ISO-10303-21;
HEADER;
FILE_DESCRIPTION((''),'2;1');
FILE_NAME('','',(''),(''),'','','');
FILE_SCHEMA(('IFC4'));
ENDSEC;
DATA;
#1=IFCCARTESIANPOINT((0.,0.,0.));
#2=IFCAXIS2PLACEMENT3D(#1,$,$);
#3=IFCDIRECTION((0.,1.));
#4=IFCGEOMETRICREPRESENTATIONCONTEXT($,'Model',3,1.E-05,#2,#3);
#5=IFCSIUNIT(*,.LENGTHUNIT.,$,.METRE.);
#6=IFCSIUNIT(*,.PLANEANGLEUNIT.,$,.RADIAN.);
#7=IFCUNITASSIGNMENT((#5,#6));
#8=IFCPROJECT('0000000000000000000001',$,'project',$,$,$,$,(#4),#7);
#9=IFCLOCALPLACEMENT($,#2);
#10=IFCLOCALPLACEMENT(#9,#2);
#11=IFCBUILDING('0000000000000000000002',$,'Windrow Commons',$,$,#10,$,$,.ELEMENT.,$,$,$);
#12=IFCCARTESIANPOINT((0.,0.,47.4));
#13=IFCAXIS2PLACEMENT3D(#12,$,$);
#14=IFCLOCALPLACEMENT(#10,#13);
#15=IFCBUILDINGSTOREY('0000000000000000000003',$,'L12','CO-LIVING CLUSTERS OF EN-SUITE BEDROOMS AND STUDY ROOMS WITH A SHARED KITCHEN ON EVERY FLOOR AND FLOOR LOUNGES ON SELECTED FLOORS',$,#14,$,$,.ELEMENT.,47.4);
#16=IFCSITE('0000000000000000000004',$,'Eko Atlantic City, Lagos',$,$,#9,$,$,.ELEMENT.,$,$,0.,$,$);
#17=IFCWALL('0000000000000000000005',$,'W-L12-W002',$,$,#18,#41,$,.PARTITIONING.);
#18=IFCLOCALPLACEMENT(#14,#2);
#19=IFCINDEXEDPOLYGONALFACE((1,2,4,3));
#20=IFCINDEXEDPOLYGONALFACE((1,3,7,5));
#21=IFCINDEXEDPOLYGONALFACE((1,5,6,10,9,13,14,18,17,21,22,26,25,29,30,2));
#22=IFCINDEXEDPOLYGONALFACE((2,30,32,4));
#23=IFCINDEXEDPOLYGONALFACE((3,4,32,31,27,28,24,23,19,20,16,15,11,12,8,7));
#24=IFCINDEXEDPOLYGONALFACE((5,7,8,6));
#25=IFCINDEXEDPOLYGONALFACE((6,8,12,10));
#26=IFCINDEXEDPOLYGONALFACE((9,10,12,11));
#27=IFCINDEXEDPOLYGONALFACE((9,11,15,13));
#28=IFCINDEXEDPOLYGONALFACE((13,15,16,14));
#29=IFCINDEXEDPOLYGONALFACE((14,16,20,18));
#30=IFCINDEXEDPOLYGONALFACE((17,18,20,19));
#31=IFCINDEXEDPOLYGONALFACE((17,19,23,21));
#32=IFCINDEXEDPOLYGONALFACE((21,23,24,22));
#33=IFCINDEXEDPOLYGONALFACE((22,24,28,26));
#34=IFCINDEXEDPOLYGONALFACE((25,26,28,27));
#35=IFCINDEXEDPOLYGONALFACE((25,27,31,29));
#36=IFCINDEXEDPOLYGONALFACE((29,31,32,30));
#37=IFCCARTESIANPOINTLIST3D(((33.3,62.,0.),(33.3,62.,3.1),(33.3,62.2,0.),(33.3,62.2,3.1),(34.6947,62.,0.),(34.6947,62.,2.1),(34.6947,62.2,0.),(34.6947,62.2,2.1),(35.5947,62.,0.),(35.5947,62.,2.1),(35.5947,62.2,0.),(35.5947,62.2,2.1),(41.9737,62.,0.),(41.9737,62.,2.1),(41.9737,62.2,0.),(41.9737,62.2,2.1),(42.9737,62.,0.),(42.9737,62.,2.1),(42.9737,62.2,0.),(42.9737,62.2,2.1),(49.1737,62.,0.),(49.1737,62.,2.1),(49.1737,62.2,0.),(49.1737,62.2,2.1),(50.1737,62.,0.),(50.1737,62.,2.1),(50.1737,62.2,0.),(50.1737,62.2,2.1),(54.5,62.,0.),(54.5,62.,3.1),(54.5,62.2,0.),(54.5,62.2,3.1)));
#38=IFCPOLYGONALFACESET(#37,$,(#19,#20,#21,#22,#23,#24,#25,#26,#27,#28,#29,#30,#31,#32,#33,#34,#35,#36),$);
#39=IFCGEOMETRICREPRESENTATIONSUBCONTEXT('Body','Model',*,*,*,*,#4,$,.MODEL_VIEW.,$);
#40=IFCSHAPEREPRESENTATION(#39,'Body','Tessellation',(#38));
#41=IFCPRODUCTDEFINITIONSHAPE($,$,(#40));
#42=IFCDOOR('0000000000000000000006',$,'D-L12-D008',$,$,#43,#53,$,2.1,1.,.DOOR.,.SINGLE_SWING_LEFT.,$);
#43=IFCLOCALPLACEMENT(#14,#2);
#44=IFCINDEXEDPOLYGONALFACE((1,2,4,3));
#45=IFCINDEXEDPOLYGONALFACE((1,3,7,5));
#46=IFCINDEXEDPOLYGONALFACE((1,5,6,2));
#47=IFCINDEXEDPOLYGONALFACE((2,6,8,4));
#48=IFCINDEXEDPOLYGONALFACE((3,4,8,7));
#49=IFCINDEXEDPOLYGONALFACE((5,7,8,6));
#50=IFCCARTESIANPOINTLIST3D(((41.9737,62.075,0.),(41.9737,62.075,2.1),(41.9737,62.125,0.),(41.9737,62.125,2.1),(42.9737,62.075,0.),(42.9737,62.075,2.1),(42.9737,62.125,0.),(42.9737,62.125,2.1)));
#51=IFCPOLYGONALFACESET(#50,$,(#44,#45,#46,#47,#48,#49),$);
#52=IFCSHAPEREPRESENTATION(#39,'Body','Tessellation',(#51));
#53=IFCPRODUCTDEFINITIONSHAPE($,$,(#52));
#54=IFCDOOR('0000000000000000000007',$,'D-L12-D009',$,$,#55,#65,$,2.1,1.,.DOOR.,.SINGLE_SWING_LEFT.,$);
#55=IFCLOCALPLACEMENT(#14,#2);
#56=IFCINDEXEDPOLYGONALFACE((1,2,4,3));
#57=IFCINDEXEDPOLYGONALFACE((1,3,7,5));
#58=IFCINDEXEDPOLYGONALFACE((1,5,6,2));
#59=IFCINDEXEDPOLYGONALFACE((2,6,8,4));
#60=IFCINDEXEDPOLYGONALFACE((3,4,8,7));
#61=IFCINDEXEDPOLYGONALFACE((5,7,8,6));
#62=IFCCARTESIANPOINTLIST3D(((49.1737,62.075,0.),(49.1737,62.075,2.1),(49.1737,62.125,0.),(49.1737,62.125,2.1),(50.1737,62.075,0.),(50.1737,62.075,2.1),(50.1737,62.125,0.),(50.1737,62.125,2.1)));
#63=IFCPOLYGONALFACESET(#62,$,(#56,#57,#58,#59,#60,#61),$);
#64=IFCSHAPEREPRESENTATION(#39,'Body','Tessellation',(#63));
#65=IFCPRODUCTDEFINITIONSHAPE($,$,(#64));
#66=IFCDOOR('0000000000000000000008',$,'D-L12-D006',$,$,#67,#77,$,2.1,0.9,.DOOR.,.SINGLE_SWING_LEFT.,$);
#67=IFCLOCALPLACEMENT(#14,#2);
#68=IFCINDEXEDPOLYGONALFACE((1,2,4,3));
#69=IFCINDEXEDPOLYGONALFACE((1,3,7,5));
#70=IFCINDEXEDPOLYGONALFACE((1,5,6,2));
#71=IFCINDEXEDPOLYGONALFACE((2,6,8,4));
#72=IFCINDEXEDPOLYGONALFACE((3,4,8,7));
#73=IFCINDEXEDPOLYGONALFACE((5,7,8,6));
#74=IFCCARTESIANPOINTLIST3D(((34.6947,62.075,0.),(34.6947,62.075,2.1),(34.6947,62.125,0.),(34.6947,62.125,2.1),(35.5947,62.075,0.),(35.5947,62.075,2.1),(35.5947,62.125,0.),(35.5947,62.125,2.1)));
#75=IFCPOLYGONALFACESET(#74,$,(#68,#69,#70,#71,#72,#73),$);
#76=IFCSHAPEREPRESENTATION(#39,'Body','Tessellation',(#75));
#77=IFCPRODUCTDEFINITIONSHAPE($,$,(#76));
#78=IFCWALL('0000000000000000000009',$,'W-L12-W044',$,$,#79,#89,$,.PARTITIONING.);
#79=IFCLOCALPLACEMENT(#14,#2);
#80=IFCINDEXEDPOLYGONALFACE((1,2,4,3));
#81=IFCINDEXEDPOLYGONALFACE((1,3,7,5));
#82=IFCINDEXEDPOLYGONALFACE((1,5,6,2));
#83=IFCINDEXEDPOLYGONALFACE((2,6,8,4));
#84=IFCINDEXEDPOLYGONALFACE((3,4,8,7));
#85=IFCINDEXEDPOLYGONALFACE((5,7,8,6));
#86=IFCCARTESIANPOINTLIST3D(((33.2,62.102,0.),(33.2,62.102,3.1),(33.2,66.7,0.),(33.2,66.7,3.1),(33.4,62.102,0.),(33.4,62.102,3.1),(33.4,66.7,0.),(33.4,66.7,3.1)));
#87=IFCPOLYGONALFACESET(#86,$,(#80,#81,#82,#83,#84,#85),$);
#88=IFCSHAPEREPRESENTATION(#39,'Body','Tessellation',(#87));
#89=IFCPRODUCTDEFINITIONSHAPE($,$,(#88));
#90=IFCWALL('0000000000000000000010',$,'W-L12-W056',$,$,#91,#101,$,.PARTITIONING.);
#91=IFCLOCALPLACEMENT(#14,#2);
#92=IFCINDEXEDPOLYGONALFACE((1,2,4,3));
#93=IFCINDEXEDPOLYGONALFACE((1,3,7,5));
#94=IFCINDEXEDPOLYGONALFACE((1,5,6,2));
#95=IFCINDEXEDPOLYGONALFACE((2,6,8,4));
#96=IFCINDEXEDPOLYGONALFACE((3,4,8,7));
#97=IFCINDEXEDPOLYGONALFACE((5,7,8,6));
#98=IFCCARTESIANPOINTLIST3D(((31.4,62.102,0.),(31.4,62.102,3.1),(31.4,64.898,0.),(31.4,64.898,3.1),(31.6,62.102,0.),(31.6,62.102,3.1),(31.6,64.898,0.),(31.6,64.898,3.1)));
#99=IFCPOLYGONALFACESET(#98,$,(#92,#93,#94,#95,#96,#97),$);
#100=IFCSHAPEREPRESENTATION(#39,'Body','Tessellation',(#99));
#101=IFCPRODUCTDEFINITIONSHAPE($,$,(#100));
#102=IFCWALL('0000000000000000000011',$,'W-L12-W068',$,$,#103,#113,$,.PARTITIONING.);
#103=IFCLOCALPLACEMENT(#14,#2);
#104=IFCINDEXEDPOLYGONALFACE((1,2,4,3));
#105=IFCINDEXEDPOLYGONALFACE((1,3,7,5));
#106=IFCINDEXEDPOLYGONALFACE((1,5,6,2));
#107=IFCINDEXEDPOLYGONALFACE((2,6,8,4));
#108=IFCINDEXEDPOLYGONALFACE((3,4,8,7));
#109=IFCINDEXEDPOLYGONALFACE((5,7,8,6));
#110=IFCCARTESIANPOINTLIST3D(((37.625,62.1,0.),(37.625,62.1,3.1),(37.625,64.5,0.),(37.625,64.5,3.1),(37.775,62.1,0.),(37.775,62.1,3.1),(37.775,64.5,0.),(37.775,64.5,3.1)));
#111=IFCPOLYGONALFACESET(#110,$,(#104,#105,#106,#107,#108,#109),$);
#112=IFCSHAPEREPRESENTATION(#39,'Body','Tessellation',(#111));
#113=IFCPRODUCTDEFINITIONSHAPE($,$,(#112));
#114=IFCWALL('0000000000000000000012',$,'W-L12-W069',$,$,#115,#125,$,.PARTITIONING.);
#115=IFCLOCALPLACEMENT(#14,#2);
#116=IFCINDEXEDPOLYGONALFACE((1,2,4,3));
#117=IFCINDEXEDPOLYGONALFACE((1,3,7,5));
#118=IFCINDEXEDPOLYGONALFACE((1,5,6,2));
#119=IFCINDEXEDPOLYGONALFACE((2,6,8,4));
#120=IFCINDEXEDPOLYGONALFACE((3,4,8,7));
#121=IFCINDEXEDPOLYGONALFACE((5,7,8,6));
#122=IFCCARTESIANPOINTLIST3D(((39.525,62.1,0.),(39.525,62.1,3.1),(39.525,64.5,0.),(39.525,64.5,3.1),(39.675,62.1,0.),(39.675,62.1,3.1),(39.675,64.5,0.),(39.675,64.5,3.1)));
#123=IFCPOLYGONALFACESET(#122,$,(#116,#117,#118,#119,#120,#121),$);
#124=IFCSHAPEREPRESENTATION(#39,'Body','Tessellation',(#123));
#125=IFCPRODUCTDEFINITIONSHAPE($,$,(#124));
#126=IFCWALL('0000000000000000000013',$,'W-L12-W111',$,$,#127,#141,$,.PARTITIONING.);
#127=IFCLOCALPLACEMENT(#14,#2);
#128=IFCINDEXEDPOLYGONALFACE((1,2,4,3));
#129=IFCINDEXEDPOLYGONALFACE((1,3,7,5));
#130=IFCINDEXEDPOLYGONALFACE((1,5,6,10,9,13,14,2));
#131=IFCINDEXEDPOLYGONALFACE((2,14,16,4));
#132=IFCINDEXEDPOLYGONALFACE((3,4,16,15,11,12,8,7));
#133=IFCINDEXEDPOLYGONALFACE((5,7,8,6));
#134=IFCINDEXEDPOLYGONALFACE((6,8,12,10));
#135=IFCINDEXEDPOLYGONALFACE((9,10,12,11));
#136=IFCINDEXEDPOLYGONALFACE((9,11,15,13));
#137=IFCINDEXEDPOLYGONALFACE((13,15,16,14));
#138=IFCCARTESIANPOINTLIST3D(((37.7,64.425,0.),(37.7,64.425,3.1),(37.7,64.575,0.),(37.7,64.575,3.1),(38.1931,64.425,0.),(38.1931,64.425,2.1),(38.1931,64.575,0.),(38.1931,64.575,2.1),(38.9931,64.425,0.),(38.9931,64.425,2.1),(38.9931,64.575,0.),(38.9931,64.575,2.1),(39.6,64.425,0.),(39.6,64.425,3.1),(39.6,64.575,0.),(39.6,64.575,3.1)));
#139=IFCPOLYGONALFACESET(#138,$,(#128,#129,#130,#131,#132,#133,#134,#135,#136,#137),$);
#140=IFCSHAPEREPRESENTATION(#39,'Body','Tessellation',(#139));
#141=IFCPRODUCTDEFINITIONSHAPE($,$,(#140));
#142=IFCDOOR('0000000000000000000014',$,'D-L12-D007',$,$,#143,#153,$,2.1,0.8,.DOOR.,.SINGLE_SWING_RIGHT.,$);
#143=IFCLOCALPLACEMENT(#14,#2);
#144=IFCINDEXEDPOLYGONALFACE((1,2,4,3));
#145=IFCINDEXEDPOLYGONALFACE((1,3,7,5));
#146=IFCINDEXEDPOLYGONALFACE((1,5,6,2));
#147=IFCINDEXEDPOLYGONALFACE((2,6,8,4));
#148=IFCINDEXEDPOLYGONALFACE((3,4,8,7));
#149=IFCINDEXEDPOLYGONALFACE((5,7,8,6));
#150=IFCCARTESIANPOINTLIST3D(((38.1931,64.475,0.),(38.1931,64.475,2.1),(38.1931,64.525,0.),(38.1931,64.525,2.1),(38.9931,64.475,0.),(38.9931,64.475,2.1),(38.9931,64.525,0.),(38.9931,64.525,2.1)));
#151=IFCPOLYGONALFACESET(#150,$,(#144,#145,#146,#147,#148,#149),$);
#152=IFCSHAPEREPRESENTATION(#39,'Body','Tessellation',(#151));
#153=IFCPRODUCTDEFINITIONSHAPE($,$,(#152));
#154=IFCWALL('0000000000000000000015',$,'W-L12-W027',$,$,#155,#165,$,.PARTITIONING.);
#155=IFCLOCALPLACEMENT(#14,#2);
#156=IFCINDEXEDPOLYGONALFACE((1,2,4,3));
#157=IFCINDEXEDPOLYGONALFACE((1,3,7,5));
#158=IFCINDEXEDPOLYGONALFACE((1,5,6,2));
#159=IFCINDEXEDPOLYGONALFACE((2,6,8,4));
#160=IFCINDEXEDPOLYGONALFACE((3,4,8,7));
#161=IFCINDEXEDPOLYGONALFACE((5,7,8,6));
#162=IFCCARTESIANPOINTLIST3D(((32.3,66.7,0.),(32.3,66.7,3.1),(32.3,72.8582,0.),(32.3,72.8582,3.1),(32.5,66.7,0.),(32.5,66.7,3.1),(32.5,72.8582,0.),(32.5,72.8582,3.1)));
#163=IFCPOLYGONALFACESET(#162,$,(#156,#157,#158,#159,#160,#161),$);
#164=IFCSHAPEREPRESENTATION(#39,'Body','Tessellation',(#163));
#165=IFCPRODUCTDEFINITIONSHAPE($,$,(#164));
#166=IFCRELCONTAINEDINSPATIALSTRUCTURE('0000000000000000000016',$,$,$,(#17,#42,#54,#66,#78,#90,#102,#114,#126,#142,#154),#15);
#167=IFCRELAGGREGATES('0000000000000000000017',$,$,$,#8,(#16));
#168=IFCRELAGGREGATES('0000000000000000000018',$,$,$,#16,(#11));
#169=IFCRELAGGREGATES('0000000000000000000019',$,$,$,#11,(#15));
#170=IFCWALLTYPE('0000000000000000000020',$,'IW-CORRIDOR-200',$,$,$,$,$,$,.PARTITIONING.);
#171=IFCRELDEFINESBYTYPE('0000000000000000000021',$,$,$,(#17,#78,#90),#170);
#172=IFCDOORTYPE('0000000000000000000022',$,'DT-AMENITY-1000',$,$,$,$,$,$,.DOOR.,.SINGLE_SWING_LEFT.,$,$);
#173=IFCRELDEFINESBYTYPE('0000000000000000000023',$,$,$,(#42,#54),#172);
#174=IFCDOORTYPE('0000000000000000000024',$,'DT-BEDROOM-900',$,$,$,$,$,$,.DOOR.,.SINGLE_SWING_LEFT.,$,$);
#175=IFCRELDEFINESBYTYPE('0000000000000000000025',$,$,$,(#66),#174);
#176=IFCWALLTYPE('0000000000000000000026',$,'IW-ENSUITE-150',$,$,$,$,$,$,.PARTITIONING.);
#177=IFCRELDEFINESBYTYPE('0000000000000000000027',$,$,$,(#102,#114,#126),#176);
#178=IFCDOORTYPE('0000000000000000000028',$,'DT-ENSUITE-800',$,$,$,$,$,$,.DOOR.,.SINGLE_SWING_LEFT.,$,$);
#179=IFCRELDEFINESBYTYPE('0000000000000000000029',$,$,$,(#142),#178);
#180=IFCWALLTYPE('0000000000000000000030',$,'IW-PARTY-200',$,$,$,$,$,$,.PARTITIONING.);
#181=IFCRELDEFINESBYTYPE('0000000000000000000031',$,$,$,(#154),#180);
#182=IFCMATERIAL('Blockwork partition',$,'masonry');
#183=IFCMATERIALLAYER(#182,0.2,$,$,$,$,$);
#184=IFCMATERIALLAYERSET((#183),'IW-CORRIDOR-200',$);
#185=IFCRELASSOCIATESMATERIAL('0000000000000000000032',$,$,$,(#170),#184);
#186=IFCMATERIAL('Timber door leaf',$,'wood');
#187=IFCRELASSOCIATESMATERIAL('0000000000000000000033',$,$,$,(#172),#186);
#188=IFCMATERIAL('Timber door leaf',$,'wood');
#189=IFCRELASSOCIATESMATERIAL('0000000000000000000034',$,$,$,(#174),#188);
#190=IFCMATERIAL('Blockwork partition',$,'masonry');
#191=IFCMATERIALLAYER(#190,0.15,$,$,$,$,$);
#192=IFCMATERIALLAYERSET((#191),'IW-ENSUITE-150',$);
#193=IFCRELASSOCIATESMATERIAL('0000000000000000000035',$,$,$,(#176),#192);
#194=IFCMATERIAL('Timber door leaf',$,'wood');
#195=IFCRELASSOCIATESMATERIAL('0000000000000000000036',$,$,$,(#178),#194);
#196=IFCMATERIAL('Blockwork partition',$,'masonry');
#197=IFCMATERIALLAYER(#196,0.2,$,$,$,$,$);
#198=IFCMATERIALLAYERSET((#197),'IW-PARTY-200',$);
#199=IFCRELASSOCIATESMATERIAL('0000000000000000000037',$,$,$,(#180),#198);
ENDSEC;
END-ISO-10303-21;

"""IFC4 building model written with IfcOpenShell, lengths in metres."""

from ifc_helpers import new_model, si_unit, direction, frame, frame_2d, origin, place, context, subcontext, project, spatial, rectangle, extrude, material, layer, layer_set, type_object, element, fill, save


model = new_model("IFC4")

# Units and contexts
model_context = context("Model", 3, precision=1e-05, world=origin(), true_north=direction((0.0, 1.0)))
body_context = subcontext(model_context, "Body", "Model", "MODEL_VIEW")
ifc_project = project(units=[si_unit("LENGTHUNIT", "METRE"), si_unit("PLANEANGLEUNIT", "RADIAN")], contexts=[model_context])

# Site, building, storey
site_placement = place(None, origin())
site = spatial("IfcSite", under=ifc_project, at=site_placement, Name="Eko Atlantic City, Lagos", CompositionType="ELEMENT", RefElevation=0.0)
building_placement = place(site_placement, origin())
building = spatial("IfcBuilding", under=site, at=building_placement, Name="Windrow Commons", CompositionType="ELEMENT")
storey_placement = place(building_placement, frame((0.0, 0.0, 47.4)))
storey = spatial("IfcBuildingStorey", under=building, at=storey_placement, Name="L12", Description="CO-LIVING CLUSTERS OF EN-SUITE BEDROOMS AND STUDY ROOMS WITH A SHARED KITCHEN ON EVERY FLOOR AND FLOOR LOUNGES ON SELECTED FLOORS", CompositionType="ELEMENT", Elevation=47.4)

# Wall, openings, doors
ifc_material_1 = material(Name="Blockwork partition", Category="masonry")
ifc_layer_1 = layer(ifc_material_1, 0.2)
ifc_layer_set_1 = layer_set([ifc_layer_1], Name="IW-CORRIDOR-200")
wall_type_1 = type_object("IfcWallType", Name="IW-CORRIDOR-200", PredefinedType="PARTITIONING", material=ifc_layer_set_1)
wall_1_placement = place(storey_placement, frame((33.3, 62.1, 0.0), z_axis=(0.0, 0.0, 1.0), x_axis=(1.0, 0.0, 0.0)))
wall_1 = element("IfcWall", 1, at=wall_1_placement, inside=storey, type_object=wall_type_1, Name="W-L12-W002", PredefinedType="PARTITIONING", context=body_context, shape_type="SweptSolid", body=[
    extrude(rectangle(XDim=21.2, YDim=0.2, at=frame_2d((10.6, 0.0))), origin(), (0.0, 0.0, 1.0), 3.1),
])
opening_1_placement = place(wall_1_placement, frame((1.3947, 0.0, 0.0)))
opening_1 = element("IfcOpeningElement", 2, at=opening_1_placement, cuts=wall_1, PredefinedType="OPENING", context=body_context, shape_type="SweptSolid", body=[
    extrude(rectangle(XDim=0.9, YDim=2.1, at=frame_2d((0.45, 1.05))), frame((0.0, 0.11, 0.0), z_axis=(0.0, -1.0, 0.0), x_axis=(1.0, 0.0, 0.0)), (0.0, 0.0, 1.0), 0.22),
])
opening_2_placement = place(wall_1_placement, frame((8.6737, 0.0, 0.0)))
opening_2 = element("IfcOpeningElement", 3, at=opening_2_placement, cuts=wall_1, PredefinedType="OPENING", context=body_context, shape_type="SweptSolid", body=[
    extrude(rectangle(XDim=1.0, YDim=2.1, at=frame_2d((0.5, 1.05))), frame((0.0, 0.11, 0.0), z_axis=(0.0, -1.0, 0.0), x_axis=(1.0, 0.0, 0.0)), (0.0, 0.0, 1.0), 0.22),
])
opening_3_placement = place(wall_1_placement, frame((15.8737, 0.0, 0.0)))
opening_3 = element("IfcOpeningElement", 4, at=opening_3_placement, cuts=wall_1, PredefinedType="OPENING", context=body_context, shape_type="SweptSolid", body=[
    extrude(rectangle(XDim=1.0, YDim=2.1, at=frame_2d((0.5, 1.05))), frame((0.0, 0.11, 0.0), z_axis=(0.0, -1.0, 0.0), x_axis=(1.0, 0.0, 0.0)), (0.0, 0.0, 1.0), 0.22),
])
ifc_material_2 = material(Name="Timber door leaf", Category="wood")
door_type_1 = type_object("IfcDoorType", Name="DT-AMENITY-1000", OperationType="SINGLE_SWING_LEFT", PredefinedType="DOOR", material=ifc_material_2)
door_1_placement = place(opening_2_placement, origin())
door_1 = element("IfcDoor", 5, at=door_1_placement, inside=storey, type_object=door_type_1, Name="D-L12-D008", OperationType="SINGLE_SWING_LEFT", OverallHeight=2.1, OverallWidth=1.0, PredefinedType="DOOR", context=body_context, shape_type="SweptSolid", body=[
    extrude(rectangle(XDim=1.0, YDim=2.1, at=frame_2d((0.5, 1.05))), frame((0.0, 0.025, 0.0), z_axis=(0.0, -1.0, 0.0), x_axis=(1.0, 0.0, 0.0)), (0.0, 0.0, 1.0), 0.05),
])
fill(opening_2, door_1)
door_2_placement = place(opening_3_placement, origin())
door_2 = element("IfcDoor", 6, at=door_2_placement, inside=storey, type_object=door_type_1, Name="D-L12-D009", OperationType="SINGLE_SWING_LEFT", OverallHeight=2.1, OverallWidth=1.0, PredefinedType="DOOR", context=body_context, shape_type="SweptSolid", body=[
    extrude(rectangle(XDim=1.0, YDim=2.1, at=frame_2d((0.5, 1.05))), frame((0.0, 0.025, 0.0), z_axis=(0.0, -1.0, 0.0), x_axis=(1.0, 0.0, 0.0)), (0.0, 0.0, 1.0), 0.05),
])
fill(opening_3, door_2)
ifc_material_3 = material(Name="Timber door leaf", Category="wood")
door_type_2 = type_object("IfcDoorType", Name="DT-BEDROOM-900", OperationType="SINGLE_SWING_LEFT", PredefinedType="DOOR", material=ifc_material_3)
door_3_placement = place(opening_1_placement, origin())
door_3 = element("IfcDoor", 7, at=door_3_placement, inside=storey, type_object=door_type_2, Name="D-L12-D006", OperationType="SINGLE_SWING_LEFT", OverallHeight=2.1, OverallWidth=0.9, PredefinedType="DOOR", context=body_context, shape_type="SweptSolid", body=[
    extrude(rectangle(XDim=0.9, YDim=2.1, at=frame_2d((0.45, 1.05))), frame((0.0, 0.025, 0.0), z_axis=(0.0, -1.0, 0.0), x_axis=(1.0, 0.0, 0.0)), (0.0, 0.0, 1.0), 0.05),
])
fill(opening_1, door_3)

# Walls
wall_2_placement = place(storey_placement, frame((33.3, 62.102, 0.0), z_axis=(0.0, 0.0, 1.0), x_axis=(0.0, 1.0, 0.0)))
element("IfcWall", 8, at=wall_2_placement, inside=storey, type_object=wall_type_1, Name="W-L12-W044", PredefinedType="PARTITIONING", context=body_context, shape_type="SweptSolid", body=[
    extrude(rectangle(XDim=4.598, YDim=0.2, at=frame_2d((2.299, 0.0))), origin(), (0.0, 0.0, 1.0), 3.1),
])
wall_3_placement = place(storey_placement, frame((31.5, 62.102, 0.0), z_axis=(0.0, 0.0, 1.0), x_axis=(0.0, 1.0, 0.0)))
element("IfcWall", 9, at=wall_3_placement, inside=storey, type_object=wall_type_1, Name="W-L12-W056", PredefinedType="PARTITIONING", context=body_context, shape_type="SweptSolid", body=[
    extrude(rectangle(XDim=2.796, YDim=0.2, at=frame_2d((1.398, 0.0))), origin(), (0.0, 0.0, 1.0), 3.1),
])
ifc_material_4 = material(Name="Blockwork partition", Category="masonry")
ifc_layer_2 = layer(ifc_material_4, 0.15)
ifc_layer_set_2 = layer_set([ifc_layer_2], Name="IW-ENSUITE-150")
wall_type_2 = type_object("IfcWallType", Name="IW-ENSUITE-150", PredefinedType="PARTITIONING", material=ifc_layer_set_2)
for number, where, z_axis, x_axis, name in (
    (10, (37.7, 62.1, 0.0), (0.0, 0.0, 1.0), (0.0, 1.0, 0.0), "W-L12-W068"),
    (11, (39.6, 62.1, 0.0), (0.0, 0.0, 1.0), (0.0, 1.0, 0.0), "W-L12-W069"),
):
    element("IfcWall", number, at=place(storey_placement, frame(where, z_axis=z_axis, x_axis=x_axis)), inside=storey, type_object=wall_type_2, Name=name, PredefinedType="PARTITIONING", context=body_context, shape_type="SweptSolid", body=[
        extrude(rectangle(XDim=2.4, YDim=0.15, at=frame_2d((1.2, 0.0))), origin(), (0.0, 0.0, 1.0), 3.1),
    ])

# Wall, opening, door
wall_4_placement = place(storey_placement, frame((37.7, 64.5, 0.0), z_axis=(0.0, 0.0, 1.0), x_axis=(1.0, 0.0, 0.0)))
wall_4 = element("IfcWall", 12, at=wall_4_placement, inside=storey, type_object=wall_type_2, Name="W-L12-W111", PredefinedType="PARTITIONING", context=body_context, shape_type="SweptSolid", body=[
    extrude(rectangle(XDim=1.9, YDim=0.15, at=frame_2d((0.95, 0.0))), origin(), (0.0, 0.0, 1.0), 3.1),
])
opening_4_placement = place(wall_4_placement, frame((0.4931, 0.0, 0.0)))
opening_4 = element("IfcOpeningElement", 13, at=opening_4_placement, cuts=wall_4, PredefinedType="OPENING", context=body_context, shape_type="SweptSolid", body=[
    extrude(rectangle(XDim=0.8, YDim=2.1, at=frame_2d((0.4, 1.05))), frame((0.0, 0.085, 0.0), z_axis=(0.0, -1.0, 0.0), x_axis=(1.0, 0.0, 0.0)), (0.0, 0.0, 1.0), 0.17),
])
ifc_material_5 = material(Name="Timber door leaf", Category="wood")
door_type_3 = type_object("IfcDoorType", Name="DT-ENSUITE-800", OperationType="SINGLE_SWING_LEFT", PredefinedType="DOOR", material=ifc_material_5)
door_4_placement = place(opening_4_placement, origin())
door_4 = element("IfcDoor", 14, at=door_4_placement, inside=storey, type_object=door_type_3, Name="D-L12-D007", OperationType="SINGLE_SWING_RIGHT", OverallHeight=2.1, OverallWidth=0.8, PredefinedType="DOOR", context=body_context, shape_type="SweptSolid", body=[
    extrude(rectangle(XDim=0.8, YDim=2.1, at=frame_2d((0.4, 1.05))), frame((0.0, 0.025, 0.0), z_axis=(0.0, -1.0, 0.0), x_axis=(1.0, 0.0, 0.0)), (0.0, 0.0, 1.0), 0.05),
])
fill(opening_4, door_4)

# Wall
ifc_material_6 = material(Name="Blockwork partition", Category="masonry")
ifc_layer_3 = layer(ifc_material_6, 0.2)
ifc_layer_set_3 = layer_set([ifc_layer_3], Name="IW-PARTY-200")
wall_type_3 = type_object("IfcWallType", Name="IW-PARTY-200", PredefinedType="PARTITIONING", material=ifc_layer_set_3)
wall_5_placement = place(storey_placement, frame((32.4, 66.7, 0.0), z_axis=(0.0, 0.0, 1.0), x_axis=(0.0, 1.0, 0.0)))
element("IfcWall", 15, at=wall_5_placement, inside=storey, type_object=wall_type_3, Name="W-L12-W027", PredefinedType="PARTITIONING", context=body_context, shape_type="SweptSolid", body=[
    extrude(rectangle(XDim=6.1582, YDim=0.2, at=frame_2d((3.0791, 0.0))), origin(), (0.0, 0.0, 1.0), 3.1),
])

save(model, "model.ifc")
